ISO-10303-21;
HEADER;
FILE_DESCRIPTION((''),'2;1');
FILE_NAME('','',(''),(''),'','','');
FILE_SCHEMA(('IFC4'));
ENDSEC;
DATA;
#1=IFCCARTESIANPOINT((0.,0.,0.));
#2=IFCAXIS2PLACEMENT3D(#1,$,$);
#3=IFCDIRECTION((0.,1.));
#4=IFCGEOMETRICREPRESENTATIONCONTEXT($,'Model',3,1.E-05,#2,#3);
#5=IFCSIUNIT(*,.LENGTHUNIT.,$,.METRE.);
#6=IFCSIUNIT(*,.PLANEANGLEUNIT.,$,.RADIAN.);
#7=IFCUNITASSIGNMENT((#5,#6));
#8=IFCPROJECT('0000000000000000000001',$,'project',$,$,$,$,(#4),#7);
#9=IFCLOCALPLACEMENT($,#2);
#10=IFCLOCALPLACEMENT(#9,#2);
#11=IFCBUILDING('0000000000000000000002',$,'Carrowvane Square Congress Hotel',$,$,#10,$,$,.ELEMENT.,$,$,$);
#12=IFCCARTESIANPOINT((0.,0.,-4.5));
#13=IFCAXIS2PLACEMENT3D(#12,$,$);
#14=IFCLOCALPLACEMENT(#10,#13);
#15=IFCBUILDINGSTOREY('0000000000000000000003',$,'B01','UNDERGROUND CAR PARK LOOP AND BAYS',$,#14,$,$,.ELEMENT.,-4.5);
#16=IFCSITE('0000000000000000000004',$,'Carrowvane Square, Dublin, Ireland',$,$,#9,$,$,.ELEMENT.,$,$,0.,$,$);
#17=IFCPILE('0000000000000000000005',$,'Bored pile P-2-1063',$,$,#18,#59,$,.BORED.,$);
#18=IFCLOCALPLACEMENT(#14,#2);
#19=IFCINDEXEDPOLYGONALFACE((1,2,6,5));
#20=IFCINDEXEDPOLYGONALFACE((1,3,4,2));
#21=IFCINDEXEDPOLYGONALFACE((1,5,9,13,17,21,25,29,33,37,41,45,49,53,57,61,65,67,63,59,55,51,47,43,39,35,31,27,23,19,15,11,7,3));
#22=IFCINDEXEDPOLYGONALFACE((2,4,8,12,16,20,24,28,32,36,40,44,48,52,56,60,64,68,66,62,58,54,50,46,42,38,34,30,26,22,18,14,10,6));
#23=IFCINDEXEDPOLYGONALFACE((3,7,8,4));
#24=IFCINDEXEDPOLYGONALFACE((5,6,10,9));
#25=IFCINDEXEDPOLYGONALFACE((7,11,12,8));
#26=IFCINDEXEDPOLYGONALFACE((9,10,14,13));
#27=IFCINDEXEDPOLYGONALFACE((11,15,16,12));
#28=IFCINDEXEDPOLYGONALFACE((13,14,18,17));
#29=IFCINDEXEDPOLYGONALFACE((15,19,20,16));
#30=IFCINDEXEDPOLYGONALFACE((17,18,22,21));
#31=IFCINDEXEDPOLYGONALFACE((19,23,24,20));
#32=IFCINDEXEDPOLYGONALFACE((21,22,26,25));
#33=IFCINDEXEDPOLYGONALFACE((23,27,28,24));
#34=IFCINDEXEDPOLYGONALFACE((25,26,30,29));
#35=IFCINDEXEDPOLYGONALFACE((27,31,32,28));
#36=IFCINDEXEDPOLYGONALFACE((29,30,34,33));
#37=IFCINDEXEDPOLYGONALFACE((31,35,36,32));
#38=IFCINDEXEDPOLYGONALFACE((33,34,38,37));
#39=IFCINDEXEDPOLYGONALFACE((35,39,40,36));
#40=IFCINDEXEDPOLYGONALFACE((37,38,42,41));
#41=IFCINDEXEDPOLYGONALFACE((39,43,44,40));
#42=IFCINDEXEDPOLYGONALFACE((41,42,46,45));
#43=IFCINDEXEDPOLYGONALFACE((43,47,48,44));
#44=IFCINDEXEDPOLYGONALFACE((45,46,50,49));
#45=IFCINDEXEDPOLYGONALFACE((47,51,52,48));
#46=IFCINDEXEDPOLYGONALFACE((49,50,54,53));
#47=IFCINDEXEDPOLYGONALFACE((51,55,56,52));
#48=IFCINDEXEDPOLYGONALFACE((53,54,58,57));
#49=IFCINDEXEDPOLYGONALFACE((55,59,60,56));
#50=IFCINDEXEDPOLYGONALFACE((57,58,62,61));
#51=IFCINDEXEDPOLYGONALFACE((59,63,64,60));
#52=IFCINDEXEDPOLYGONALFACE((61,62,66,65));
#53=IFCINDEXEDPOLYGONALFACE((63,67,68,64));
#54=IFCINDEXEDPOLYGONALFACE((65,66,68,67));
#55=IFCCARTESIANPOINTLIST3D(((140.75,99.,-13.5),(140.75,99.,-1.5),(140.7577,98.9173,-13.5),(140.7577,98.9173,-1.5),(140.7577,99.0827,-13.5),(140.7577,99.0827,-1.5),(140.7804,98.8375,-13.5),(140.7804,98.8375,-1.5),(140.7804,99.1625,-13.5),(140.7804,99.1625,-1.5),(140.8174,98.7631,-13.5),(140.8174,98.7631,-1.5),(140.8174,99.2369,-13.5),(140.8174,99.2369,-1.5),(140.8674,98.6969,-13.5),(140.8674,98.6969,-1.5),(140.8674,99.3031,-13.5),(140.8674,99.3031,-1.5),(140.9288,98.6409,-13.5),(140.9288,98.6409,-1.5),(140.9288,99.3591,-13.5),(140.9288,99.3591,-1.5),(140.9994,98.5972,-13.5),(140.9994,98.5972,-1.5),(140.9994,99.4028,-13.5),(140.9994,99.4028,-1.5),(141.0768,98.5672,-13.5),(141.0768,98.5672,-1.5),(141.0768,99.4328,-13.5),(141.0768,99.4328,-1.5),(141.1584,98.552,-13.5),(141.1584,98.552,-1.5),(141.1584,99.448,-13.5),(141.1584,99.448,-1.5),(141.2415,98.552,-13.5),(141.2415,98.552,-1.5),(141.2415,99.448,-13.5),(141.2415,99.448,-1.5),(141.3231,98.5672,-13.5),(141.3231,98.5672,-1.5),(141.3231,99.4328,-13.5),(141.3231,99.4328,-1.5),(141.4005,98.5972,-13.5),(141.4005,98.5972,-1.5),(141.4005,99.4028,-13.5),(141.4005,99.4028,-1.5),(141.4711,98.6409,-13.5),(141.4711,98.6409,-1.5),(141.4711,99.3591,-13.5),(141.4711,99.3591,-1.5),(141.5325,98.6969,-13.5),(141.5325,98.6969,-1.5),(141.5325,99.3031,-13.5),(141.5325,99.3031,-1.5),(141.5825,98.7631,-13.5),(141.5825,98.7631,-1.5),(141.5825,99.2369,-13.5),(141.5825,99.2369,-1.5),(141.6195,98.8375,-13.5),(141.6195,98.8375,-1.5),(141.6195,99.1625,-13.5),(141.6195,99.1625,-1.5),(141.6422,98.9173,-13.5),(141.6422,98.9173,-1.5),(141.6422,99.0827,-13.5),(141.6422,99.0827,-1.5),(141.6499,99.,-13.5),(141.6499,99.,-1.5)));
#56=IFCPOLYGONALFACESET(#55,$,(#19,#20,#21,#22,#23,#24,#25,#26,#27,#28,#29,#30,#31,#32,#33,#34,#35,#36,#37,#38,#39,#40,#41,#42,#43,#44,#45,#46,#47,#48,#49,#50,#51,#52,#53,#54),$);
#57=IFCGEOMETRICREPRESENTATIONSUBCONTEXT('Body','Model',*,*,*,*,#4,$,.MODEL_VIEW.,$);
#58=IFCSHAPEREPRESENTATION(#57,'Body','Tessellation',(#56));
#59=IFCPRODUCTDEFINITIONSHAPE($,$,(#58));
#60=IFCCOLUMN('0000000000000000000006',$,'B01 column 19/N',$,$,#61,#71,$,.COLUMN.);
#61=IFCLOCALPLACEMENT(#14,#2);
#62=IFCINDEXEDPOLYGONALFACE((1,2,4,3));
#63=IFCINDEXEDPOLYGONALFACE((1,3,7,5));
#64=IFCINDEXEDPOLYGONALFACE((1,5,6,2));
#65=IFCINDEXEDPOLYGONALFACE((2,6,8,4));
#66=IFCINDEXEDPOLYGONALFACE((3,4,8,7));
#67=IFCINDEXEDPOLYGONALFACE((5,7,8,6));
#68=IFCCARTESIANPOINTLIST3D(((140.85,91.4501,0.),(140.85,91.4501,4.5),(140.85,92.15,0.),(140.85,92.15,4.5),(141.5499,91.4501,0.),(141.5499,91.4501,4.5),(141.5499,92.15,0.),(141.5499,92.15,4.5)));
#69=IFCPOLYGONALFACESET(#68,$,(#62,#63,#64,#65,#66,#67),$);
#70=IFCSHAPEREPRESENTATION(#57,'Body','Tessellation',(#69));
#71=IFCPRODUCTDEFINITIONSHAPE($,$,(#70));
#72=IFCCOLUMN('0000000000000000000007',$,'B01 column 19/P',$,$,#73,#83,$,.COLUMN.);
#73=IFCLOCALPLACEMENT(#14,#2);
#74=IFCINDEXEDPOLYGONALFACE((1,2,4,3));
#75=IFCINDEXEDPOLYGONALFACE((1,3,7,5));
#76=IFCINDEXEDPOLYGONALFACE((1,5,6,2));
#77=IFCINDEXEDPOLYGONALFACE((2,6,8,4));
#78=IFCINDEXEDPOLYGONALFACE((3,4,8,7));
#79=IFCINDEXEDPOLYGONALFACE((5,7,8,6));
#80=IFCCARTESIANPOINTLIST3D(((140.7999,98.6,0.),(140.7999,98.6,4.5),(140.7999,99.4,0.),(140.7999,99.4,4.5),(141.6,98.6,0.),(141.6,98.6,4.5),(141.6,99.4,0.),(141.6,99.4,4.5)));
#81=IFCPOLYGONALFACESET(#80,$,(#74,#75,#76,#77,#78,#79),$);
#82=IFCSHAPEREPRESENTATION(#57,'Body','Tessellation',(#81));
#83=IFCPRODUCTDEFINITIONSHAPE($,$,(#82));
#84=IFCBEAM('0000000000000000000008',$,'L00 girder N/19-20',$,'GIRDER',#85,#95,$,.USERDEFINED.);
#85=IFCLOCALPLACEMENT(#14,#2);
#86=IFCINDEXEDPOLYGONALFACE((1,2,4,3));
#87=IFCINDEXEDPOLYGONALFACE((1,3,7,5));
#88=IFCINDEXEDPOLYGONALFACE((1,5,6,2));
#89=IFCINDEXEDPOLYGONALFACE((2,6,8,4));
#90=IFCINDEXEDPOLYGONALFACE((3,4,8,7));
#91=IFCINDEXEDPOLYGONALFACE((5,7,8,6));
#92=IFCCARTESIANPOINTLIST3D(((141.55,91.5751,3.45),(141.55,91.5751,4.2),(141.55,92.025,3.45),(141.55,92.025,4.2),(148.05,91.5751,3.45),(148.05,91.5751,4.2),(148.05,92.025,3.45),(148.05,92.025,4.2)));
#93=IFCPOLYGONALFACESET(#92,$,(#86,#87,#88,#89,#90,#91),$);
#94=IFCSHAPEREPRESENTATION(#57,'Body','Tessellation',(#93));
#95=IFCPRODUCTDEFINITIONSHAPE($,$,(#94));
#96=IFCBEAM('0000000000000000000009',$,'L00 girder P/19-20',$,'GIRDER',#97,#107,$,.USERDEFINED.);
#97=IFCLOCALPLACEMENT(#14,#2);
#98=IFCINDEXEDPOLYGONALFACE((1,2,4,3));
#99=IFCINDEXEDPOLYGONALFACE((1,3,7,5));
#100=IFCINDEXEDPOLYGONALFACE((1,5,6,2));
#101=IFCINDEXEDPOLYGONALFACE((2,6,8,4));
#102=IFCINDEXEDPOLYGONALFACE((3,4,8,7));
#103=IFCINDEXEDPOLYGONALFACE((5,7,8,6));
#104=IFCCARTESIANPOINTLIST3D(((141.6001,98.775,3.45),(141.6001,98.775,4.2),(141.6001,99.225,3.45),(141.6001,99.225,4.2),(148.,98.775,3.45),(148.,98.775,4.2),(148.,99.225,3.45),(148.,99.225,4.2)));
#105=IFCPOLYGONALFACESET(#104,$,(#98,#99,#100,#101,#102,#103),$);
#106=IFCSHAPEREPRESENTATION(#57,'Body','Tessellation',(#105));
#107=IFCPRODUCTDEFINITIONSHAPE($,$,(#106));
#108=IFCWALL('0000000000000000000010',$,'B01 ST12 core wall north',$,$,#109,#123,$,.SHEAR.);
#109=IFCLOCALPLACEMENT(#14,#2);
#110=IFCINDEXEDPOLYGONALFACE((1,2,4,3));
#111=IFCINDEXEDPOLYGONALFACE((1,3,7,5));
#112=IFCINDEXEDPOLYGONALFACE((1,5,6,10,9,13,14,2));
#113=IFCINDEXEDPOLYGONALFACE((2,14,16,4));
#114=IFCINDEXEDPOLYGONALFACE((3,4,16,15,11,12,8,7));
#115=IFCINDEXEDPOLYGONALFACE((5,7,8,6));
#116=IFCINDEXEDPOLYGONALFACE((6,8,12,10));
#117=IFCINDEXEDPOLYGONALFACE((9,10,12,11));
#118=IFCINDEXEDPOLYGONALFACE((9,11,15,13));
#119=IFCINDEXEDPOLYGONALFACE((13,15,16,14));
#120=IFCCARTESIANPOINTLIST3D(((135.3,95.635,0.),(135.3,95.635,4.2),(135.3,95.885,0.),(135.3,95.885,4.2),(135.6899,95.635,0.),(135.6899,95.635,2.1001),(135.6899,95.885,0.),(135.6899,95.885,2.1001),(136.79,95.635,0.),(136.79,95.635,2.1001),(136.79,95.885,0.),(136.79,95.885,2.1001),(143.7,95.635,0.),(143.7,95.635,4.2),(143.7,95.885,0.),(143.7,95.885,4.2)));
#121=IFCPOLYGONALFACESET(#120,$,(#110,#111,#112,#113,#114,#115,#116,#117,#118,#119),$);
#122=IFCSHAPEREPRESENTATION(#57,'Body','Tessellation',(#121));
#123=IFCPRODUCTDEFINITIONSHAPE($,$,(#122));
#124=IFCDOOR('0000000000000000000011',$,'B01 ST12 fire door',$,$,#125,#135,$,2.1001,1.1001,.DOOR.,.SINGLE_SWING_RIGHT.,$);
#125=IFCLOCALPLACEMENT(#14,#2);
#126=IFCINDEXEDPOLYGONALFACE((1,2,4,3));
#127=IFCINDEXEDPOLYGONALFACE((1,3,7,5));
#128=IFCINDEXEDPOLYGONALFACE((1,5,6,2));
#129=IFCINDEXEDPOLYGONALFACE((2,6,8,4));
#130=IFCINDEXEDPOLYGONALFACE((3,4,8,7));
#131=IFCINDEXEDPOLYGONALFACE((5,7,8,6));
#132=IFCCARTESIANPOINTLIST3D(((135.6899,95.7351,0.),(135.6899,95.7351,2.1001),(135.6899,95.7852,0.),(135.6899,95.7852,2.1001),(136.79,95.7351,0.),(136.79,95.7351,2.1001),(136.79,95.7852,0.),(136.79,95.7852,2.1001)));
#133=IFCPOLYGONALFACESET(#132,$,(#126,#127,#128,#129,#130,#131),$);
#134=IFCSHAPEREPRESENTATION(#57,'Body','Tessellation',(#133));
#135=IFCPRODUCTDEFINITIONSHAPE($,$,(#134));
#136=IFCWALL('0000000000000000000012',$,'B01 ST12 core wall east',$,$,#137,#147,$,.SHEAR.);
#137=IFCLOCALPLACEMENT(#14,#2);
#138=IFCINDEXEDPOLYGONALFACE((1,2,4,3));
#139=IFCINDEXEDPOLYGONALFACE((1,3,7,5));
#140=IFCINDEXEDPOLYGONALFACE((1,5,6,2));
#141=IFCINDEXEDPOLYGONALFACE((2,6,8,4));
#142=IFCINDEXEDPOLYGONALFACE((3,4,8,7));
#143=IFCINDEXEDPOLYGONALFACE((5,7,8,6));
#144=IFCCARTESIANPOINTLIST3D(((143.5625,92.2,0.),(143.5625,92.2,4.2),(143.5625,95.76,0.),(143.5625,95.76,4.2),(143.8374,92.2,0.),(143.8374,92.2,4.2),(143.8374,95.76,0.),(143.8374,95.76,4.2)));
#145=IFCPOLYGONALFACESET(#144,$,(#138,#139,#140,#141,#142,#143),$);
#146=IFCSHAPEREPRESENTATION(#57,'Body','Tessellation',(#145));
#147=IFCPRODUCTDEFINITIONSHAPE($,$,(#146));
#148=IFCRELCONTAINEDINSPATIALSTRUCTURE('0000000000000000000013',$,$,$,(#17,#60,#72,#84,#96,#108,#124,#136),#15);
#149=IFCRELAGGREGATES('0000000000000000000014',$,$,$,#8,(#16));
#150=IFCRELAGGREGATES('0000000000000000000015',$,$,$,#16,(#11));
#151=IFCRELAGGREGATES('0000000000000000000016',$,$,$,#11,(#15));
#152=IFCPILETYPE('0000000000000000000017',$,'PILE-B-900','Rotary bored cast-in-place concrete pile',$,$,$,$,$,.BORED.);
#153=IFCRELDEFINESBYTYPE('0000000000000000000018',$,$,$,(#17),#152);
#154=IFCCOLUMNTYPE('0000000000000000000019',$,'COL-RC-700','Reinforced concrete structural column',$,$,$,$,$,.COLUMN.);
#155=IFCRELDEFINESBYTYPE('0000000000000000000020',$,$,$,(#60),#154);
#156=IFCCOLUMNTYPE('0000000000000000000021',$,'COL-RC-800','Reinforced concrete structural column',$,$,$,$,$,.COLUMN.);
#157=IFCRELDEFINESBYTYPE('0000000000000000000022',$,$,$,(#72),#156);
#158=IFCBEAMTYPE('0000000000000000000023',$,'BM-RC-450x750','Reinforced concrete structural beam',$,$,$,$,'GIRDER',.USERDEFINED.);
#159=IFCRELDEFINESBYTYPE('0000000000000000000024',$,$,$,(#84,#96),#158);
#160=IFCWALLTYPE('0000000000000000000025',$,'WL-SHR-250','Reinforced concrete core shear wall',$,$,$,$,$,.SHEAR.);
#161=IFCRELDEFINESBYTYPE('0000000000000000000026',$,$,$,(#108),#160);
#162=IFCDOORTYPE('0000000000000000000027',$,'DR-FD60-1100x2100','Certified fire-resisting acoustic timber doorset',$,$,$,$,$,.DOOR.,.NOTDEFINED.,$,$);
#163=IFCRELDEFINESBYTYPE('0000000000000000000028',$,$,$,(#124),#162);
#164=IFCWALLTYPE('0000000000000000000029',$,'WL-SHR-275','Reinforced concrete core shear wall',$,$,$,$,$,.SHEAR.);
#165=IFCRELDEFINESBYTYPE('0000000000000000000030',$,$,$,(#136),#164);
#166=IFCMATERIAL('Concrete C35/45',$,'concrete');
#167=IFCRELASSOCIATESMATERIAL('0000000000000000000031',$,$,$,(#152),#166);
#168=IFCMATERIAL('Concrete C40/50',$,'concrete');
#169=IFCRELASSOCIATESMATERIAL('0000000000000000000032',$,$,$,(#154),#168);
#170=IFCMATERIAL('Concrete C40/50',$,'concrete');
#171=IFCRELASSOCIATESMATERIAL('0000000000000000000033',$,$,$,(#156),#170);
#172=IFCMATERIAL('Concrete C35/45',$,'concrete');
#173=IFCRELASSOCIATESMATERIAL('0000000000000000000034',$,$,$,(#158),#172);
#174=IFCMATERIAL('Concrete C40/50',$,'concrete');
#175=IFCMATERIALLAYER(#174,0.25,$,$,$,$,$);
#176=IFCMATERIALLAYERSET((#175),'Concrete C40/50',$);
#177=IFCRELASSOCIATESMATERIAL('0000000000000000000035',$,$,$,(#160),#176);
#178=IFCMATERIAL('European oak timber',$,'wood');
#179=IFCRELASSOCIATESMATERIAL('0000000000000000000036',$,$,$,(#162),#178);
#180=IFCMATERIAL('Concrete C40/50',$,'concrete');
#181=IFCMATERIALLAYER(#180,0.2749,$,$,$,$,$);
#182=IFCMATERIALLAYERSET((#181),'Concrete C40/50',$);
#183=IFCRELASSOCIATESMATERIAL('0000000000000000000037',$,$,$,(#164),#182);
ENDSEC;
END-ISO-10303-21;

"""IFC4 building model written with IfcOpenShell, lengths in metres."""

from ifc_helpers import new_model, si_unit, direction, frame, frame_2d, origin, origin_2d, place, context, subcontext, project, spatial, rectangle, circle, extrude, material, layer, layer_set, material_profile, profile_set, type_object, element, fill, save


model = new_model("IFC4")

# Units and contexts
model_context = context("Model", 3, precision=1e-05, world=origin(), true_north=direction((0.0, 1.0)))
body_context = subcontext(model_context, "Body", "Model", "MODEL_VIEW")
ifc_project = project(units=[si_unit("LENGTHUNIT", "METRE"), si_unit("PLANEANGLEUNIT", "RADIAN")], contexts=[model_context])

# Site, building, storey
site_placement = place(None, origin())
site = spatial("IfcSite", under=ifc_project, at=site_placement, Name="Carrowvane Square, Dublin, Ireland", CompositionType="ELEMENT", RefElevation=0.0)
building_placement = place(site_placement, origin())
building = spatial("IfcBuilding", under=site, at=building_placement, Name="Carrowvane Square Congress Hotel", CompositionType="ELEMENT")
storey_placement = place(building_placement, frame((0.0, 0.0, -4.5)))
storey = spatial("IfcBuildingStorey", under=building, at=storey_placement, Name="B01", Description="UNDERGROUND CAR PARK LOOP AND BAYS", CompositionType="ELEMENT", Elevation=-4.5)

# Pile
ifc_material_1 = material(Name="Concrete C35/45", Category="concrete")
ifc_material_profile_1 = material_profile(ifc_material_1, circle(Radius=0.45, at=origin_2d()), Name="PILE D900")
ifc_profile_set_1 = profile_set([ifc_material_profile_1], Name="Concrete C35/45")
pile_type_1 = type_object("IfcPileType", Name="PILE-B-900", Description="Rotary bored cast-in-place concrete pile", PredefinedType="BORED", material=ifc_profile_set_1)
for number, where, z_axis, x_axis, name in (
    (1, (141.2, 99.0, -1.5), (0.0, 0.0, -1.0), (1.0, 0.0, 0.0), "Bored pile P-2-1063"),
):
    element("IfcPile", number, at=place(storey_placement, frame(where, z_axis=z_axis, x_axis=x_axis)), inside=storey, type_object=pile_type_1, Name=name, PredefinedType="BORED", context=body_context, shape_type="SweptSolid", body=[
        extrude(circle(Radius=0.45, at=origin_2d()), origin(), (0.0, 0.0, 1.0), 12.0),
    ])

# Columns
ifc_material_2 = material(Name="Concrete C40/50", Category="concrete")
ifc_material_profile_2 = material_profile(ifc_material_2, rectangle(XDim=0.7, YDim=0.7, at=origin_2d()), Name="RC 700x700")
ifc_profile_set_2 = profile_set([ifc_material_profile_2], Name="Concrete C40/50")
column_type_1 = type_object("IfcColumnType", Name="COL-RC-700", Description="Reinforced concrete structural column", PredefinedType="COLUMN", material=ifc_profile_set_2)
column_1_placement = place(storey_placement, frame((141.2, 91.8, 0.0), z_axis=(0.0, 0.0, 1.0), x_axis=(1.0, 0.0, 0.0)))
element("IfcColumn", 2, at=column_1_placement, inside=storey, type_object=column_type_1, Name="B01 column 19/N", PredefinedType="COLUMN", context=body_context, shape_type="SweptSolid", body=[
    extrude(rectangle(XDim=0.7, YDim=0.7, at=origin_2d()), origin(), (0.0, 0.0, 1.0), 4.5),
])
ifc_material_3 = material(Name="Concrete C40/50", Category="concrete")
ifc_material_profile_3 = material_profile(ifc_material_3, rectangle(XDim=0.8, YDim=0.8, at=origin_2d()), Name="RC 800x800")
ifc_profile_set_3 = profile_set([ifc_material_profile_3], Name="Concrete C40/50")
column_type_2 = type_object("IfcColumnType", Name="COL-RC-800", Description="Reinforced concrete structural column", PredefinedType="COLUMN", material=ifc_profile_set_3)
column_2_placement = place(storey_placement, frame((141.2, 99.0, 0.0), z_axis=(0.0, 0.0, 1.0), x_axis=(1.0, 0.0, 0.0)))
element("IfcColumn", 3, at=column_2_placement, inside=storey, type_object=column_type_2, Name="B01 column 19/P", PredefinedType="COLUMN", context=body_context, shape_type="SweptSolid", body=[
    extrude(rectangle(XDim=0.8, YDim=0.8, at=origin_2d()), origin(), (0.0, 0.0, 1.0), 4.5),
])

# Beams
ifc_material_4 = material(Name="Concrete C35/45", Category="concrete")
ifc_material_profile_4 = material_profile(ifc_material_4, rectangle(XDim=0.45, YDim=0.75, at=origin_2d()), Name="RC 450x750")
ifc_profile_set_4 = profile_set([ifc_material_profile_4], Name="Concrete C35/45")
beam_type = type_object("IfcBeamType", Name="BM-RC-450x750", Description="Reinforced concrete structural beam", ElementType="GIRDER", PredefinedType="USERDEFINED", material=ifc_profile_set_4)
beam_1_placement = place(storey_placement, frame((141.55, 91.8, 3.825), z_axis=(1.0, 0.0, 0.0), x_axis=(0.0, 1.0, 0.0)))
element("IfcBeam", 4, at=beam_1_placement, inside=storey, type_object=beam_type, Name="L00 girder N/19-20", ObjectType="GIRDER", PredefinedType="USERDEFINED", context=body_context, shape_type="SweptSolid", body=[
    extrude(rectangle(XDim=0.45, YDim=0.75, at=origin_2d()), origin(), (0.0, 0.0, 1.0), 6.5),
])
beam_2_placement = place(storey_placement, frame((141.6001, 99.0, 3.825), z_axis=(1.0, 0.0, 0.0), x_axis=(0.0, 1.0, 0.0)))
element("IfcBeam", 5, at=beam_2_placement, inside=storey, type_object=beam_type, Name="L00 girder P/19-20", ObjectType="GIRDER", PredefinedType="USERDEFINED", context=body_context, shape_type="SweptSolid", body=[
    extrude(rectangle(XDim=0.45, YDim=0.75, at=origin_2d()), origin(), (0.0, 0.0, 1.0), 6.3999),
])

# Wall, opening, door
ifc_material_5 = material(Name="Concrete C40/50", Category="concrete")
ifc_layer_1 = layer(ifc_material_5, 0.25)
ifc_layer_set_1 = layer_set([ifc_layer_1], Name="Concrete C40/50")
wall_type_1 = type_object("IfcWallType", Name="WL-SHR-250", Description="Reinforced concrete core shear wall", PredefinedType="SHEAR", material=ifc_layer_set_1)
wall_1_placement = place(storey_placement, frame((143.7, 95.76, 0.0), z_axis=(0.0, 0.0, 1.0), x_axis=(-1.0, 0.0, 0.0)))
wall_1 = element("IfcWall", 6, at=wall_1_placement, inside=storey, type_object=wall_type_1, Name="B01 ST12 core wall north", PredefinedType="SHEAR", context=body_context, shape_type="SweptSolid", body=[
    extrude(rectangle(XDim=8.3999, YDim=0.25, at=frame_2d((4.2, 0.0))), origin(), (0.0, 0.0, 1.0), 4.2),
])
opening_placement = place(wall_1_placement, frame((6.9099, 0.0, 0.0)))
opening = element("IfcOpeningElement", 7, at=opening_placement, cuts=wall_1, PredefinedType="OPENING", context=body_context, shape_type="SweptSolid", body=[
    extrude(rectangle(XDim=1.1001, YDim=2.1001, at=frame_2d((0.55, 1.05))), frame((0.0, 0.135, 0.0), z_axis=(0.0, -1.0, 0.0), x_axis=(1.0, 0.0, 0.0)), (0.0, 0.0, 1.0), 0.27),
])
ifc_material_6 = material(Name="European oak timber", Category="wood")
door_type = type_object("IfcDoorType", Name="DR-FD60-1100x2100", Description="Certified fire-resisting acoustic timber doorset", OperationType="NOTDEFINED", PredefinedType="DOOR", material=ifc_material_6)
door_placement = place(opening_placement, origin())
door = element("IfcDoor", 8, at=door_placement, inside=storey, type_object=door_type, Name="B01 ST12 fire door", OperationType="SINGLE_SWING_RIGHT", OverallHeight=2.1001, OverallWidth=1.1001, PredefinedType="DOOR", context=body_context, shape_type="SweptSolid", body=[
    extrude(rectangle(XDim=1.1001, YDim=2.1001, at=frame_2d((0.55, 1.05))), frame((0.0, 0.0249, 0.0), z_axis=(0.0, -1.0, 0.0), x_axis=(1.0, 0.0, 0.0)), (0.0, 0.0, 1.0), 0.05),
])
fill(opening, door)

# Wall
ifc_material_7 = material(Name="Concrete C40/50", Category="concrete")
ifc_layer_2 = layer(ifc_material_7, 0.2749)
ifc_layer_set_2 = layer_set([ifc_layer_2], Name="Concrete C40/50")
wall_type_2 = type_object("IfcWallType", Name="WL-SHR-275", Description="Reinforced concrete core shear wall", PredefinedType="SHEAR", material=ifc_layer_set_2)
wall_2_placement = place(storey_placement, frame((143.7, 92.2, 0.0), z_axis=(0.0, 0.0, 1.0), x_axis=(0.0, 1.0, 0.0)))
element("IfcWall", 9, at=wall_2_placement, inside=storey, type_object=wall_type_2, Name="B01 ST12 core wall east", PredefinedType="SHEAR", context=body_context, shape_type="SweptSolid", body=[
    extrude(rectangle(XDim=3.5601, YDim=0.2749, at=frame_2d((1.78, 0.0))), origin(), (0.0, 0.0, 1.0), 4.2),
])

save(model, "model.ifc")
